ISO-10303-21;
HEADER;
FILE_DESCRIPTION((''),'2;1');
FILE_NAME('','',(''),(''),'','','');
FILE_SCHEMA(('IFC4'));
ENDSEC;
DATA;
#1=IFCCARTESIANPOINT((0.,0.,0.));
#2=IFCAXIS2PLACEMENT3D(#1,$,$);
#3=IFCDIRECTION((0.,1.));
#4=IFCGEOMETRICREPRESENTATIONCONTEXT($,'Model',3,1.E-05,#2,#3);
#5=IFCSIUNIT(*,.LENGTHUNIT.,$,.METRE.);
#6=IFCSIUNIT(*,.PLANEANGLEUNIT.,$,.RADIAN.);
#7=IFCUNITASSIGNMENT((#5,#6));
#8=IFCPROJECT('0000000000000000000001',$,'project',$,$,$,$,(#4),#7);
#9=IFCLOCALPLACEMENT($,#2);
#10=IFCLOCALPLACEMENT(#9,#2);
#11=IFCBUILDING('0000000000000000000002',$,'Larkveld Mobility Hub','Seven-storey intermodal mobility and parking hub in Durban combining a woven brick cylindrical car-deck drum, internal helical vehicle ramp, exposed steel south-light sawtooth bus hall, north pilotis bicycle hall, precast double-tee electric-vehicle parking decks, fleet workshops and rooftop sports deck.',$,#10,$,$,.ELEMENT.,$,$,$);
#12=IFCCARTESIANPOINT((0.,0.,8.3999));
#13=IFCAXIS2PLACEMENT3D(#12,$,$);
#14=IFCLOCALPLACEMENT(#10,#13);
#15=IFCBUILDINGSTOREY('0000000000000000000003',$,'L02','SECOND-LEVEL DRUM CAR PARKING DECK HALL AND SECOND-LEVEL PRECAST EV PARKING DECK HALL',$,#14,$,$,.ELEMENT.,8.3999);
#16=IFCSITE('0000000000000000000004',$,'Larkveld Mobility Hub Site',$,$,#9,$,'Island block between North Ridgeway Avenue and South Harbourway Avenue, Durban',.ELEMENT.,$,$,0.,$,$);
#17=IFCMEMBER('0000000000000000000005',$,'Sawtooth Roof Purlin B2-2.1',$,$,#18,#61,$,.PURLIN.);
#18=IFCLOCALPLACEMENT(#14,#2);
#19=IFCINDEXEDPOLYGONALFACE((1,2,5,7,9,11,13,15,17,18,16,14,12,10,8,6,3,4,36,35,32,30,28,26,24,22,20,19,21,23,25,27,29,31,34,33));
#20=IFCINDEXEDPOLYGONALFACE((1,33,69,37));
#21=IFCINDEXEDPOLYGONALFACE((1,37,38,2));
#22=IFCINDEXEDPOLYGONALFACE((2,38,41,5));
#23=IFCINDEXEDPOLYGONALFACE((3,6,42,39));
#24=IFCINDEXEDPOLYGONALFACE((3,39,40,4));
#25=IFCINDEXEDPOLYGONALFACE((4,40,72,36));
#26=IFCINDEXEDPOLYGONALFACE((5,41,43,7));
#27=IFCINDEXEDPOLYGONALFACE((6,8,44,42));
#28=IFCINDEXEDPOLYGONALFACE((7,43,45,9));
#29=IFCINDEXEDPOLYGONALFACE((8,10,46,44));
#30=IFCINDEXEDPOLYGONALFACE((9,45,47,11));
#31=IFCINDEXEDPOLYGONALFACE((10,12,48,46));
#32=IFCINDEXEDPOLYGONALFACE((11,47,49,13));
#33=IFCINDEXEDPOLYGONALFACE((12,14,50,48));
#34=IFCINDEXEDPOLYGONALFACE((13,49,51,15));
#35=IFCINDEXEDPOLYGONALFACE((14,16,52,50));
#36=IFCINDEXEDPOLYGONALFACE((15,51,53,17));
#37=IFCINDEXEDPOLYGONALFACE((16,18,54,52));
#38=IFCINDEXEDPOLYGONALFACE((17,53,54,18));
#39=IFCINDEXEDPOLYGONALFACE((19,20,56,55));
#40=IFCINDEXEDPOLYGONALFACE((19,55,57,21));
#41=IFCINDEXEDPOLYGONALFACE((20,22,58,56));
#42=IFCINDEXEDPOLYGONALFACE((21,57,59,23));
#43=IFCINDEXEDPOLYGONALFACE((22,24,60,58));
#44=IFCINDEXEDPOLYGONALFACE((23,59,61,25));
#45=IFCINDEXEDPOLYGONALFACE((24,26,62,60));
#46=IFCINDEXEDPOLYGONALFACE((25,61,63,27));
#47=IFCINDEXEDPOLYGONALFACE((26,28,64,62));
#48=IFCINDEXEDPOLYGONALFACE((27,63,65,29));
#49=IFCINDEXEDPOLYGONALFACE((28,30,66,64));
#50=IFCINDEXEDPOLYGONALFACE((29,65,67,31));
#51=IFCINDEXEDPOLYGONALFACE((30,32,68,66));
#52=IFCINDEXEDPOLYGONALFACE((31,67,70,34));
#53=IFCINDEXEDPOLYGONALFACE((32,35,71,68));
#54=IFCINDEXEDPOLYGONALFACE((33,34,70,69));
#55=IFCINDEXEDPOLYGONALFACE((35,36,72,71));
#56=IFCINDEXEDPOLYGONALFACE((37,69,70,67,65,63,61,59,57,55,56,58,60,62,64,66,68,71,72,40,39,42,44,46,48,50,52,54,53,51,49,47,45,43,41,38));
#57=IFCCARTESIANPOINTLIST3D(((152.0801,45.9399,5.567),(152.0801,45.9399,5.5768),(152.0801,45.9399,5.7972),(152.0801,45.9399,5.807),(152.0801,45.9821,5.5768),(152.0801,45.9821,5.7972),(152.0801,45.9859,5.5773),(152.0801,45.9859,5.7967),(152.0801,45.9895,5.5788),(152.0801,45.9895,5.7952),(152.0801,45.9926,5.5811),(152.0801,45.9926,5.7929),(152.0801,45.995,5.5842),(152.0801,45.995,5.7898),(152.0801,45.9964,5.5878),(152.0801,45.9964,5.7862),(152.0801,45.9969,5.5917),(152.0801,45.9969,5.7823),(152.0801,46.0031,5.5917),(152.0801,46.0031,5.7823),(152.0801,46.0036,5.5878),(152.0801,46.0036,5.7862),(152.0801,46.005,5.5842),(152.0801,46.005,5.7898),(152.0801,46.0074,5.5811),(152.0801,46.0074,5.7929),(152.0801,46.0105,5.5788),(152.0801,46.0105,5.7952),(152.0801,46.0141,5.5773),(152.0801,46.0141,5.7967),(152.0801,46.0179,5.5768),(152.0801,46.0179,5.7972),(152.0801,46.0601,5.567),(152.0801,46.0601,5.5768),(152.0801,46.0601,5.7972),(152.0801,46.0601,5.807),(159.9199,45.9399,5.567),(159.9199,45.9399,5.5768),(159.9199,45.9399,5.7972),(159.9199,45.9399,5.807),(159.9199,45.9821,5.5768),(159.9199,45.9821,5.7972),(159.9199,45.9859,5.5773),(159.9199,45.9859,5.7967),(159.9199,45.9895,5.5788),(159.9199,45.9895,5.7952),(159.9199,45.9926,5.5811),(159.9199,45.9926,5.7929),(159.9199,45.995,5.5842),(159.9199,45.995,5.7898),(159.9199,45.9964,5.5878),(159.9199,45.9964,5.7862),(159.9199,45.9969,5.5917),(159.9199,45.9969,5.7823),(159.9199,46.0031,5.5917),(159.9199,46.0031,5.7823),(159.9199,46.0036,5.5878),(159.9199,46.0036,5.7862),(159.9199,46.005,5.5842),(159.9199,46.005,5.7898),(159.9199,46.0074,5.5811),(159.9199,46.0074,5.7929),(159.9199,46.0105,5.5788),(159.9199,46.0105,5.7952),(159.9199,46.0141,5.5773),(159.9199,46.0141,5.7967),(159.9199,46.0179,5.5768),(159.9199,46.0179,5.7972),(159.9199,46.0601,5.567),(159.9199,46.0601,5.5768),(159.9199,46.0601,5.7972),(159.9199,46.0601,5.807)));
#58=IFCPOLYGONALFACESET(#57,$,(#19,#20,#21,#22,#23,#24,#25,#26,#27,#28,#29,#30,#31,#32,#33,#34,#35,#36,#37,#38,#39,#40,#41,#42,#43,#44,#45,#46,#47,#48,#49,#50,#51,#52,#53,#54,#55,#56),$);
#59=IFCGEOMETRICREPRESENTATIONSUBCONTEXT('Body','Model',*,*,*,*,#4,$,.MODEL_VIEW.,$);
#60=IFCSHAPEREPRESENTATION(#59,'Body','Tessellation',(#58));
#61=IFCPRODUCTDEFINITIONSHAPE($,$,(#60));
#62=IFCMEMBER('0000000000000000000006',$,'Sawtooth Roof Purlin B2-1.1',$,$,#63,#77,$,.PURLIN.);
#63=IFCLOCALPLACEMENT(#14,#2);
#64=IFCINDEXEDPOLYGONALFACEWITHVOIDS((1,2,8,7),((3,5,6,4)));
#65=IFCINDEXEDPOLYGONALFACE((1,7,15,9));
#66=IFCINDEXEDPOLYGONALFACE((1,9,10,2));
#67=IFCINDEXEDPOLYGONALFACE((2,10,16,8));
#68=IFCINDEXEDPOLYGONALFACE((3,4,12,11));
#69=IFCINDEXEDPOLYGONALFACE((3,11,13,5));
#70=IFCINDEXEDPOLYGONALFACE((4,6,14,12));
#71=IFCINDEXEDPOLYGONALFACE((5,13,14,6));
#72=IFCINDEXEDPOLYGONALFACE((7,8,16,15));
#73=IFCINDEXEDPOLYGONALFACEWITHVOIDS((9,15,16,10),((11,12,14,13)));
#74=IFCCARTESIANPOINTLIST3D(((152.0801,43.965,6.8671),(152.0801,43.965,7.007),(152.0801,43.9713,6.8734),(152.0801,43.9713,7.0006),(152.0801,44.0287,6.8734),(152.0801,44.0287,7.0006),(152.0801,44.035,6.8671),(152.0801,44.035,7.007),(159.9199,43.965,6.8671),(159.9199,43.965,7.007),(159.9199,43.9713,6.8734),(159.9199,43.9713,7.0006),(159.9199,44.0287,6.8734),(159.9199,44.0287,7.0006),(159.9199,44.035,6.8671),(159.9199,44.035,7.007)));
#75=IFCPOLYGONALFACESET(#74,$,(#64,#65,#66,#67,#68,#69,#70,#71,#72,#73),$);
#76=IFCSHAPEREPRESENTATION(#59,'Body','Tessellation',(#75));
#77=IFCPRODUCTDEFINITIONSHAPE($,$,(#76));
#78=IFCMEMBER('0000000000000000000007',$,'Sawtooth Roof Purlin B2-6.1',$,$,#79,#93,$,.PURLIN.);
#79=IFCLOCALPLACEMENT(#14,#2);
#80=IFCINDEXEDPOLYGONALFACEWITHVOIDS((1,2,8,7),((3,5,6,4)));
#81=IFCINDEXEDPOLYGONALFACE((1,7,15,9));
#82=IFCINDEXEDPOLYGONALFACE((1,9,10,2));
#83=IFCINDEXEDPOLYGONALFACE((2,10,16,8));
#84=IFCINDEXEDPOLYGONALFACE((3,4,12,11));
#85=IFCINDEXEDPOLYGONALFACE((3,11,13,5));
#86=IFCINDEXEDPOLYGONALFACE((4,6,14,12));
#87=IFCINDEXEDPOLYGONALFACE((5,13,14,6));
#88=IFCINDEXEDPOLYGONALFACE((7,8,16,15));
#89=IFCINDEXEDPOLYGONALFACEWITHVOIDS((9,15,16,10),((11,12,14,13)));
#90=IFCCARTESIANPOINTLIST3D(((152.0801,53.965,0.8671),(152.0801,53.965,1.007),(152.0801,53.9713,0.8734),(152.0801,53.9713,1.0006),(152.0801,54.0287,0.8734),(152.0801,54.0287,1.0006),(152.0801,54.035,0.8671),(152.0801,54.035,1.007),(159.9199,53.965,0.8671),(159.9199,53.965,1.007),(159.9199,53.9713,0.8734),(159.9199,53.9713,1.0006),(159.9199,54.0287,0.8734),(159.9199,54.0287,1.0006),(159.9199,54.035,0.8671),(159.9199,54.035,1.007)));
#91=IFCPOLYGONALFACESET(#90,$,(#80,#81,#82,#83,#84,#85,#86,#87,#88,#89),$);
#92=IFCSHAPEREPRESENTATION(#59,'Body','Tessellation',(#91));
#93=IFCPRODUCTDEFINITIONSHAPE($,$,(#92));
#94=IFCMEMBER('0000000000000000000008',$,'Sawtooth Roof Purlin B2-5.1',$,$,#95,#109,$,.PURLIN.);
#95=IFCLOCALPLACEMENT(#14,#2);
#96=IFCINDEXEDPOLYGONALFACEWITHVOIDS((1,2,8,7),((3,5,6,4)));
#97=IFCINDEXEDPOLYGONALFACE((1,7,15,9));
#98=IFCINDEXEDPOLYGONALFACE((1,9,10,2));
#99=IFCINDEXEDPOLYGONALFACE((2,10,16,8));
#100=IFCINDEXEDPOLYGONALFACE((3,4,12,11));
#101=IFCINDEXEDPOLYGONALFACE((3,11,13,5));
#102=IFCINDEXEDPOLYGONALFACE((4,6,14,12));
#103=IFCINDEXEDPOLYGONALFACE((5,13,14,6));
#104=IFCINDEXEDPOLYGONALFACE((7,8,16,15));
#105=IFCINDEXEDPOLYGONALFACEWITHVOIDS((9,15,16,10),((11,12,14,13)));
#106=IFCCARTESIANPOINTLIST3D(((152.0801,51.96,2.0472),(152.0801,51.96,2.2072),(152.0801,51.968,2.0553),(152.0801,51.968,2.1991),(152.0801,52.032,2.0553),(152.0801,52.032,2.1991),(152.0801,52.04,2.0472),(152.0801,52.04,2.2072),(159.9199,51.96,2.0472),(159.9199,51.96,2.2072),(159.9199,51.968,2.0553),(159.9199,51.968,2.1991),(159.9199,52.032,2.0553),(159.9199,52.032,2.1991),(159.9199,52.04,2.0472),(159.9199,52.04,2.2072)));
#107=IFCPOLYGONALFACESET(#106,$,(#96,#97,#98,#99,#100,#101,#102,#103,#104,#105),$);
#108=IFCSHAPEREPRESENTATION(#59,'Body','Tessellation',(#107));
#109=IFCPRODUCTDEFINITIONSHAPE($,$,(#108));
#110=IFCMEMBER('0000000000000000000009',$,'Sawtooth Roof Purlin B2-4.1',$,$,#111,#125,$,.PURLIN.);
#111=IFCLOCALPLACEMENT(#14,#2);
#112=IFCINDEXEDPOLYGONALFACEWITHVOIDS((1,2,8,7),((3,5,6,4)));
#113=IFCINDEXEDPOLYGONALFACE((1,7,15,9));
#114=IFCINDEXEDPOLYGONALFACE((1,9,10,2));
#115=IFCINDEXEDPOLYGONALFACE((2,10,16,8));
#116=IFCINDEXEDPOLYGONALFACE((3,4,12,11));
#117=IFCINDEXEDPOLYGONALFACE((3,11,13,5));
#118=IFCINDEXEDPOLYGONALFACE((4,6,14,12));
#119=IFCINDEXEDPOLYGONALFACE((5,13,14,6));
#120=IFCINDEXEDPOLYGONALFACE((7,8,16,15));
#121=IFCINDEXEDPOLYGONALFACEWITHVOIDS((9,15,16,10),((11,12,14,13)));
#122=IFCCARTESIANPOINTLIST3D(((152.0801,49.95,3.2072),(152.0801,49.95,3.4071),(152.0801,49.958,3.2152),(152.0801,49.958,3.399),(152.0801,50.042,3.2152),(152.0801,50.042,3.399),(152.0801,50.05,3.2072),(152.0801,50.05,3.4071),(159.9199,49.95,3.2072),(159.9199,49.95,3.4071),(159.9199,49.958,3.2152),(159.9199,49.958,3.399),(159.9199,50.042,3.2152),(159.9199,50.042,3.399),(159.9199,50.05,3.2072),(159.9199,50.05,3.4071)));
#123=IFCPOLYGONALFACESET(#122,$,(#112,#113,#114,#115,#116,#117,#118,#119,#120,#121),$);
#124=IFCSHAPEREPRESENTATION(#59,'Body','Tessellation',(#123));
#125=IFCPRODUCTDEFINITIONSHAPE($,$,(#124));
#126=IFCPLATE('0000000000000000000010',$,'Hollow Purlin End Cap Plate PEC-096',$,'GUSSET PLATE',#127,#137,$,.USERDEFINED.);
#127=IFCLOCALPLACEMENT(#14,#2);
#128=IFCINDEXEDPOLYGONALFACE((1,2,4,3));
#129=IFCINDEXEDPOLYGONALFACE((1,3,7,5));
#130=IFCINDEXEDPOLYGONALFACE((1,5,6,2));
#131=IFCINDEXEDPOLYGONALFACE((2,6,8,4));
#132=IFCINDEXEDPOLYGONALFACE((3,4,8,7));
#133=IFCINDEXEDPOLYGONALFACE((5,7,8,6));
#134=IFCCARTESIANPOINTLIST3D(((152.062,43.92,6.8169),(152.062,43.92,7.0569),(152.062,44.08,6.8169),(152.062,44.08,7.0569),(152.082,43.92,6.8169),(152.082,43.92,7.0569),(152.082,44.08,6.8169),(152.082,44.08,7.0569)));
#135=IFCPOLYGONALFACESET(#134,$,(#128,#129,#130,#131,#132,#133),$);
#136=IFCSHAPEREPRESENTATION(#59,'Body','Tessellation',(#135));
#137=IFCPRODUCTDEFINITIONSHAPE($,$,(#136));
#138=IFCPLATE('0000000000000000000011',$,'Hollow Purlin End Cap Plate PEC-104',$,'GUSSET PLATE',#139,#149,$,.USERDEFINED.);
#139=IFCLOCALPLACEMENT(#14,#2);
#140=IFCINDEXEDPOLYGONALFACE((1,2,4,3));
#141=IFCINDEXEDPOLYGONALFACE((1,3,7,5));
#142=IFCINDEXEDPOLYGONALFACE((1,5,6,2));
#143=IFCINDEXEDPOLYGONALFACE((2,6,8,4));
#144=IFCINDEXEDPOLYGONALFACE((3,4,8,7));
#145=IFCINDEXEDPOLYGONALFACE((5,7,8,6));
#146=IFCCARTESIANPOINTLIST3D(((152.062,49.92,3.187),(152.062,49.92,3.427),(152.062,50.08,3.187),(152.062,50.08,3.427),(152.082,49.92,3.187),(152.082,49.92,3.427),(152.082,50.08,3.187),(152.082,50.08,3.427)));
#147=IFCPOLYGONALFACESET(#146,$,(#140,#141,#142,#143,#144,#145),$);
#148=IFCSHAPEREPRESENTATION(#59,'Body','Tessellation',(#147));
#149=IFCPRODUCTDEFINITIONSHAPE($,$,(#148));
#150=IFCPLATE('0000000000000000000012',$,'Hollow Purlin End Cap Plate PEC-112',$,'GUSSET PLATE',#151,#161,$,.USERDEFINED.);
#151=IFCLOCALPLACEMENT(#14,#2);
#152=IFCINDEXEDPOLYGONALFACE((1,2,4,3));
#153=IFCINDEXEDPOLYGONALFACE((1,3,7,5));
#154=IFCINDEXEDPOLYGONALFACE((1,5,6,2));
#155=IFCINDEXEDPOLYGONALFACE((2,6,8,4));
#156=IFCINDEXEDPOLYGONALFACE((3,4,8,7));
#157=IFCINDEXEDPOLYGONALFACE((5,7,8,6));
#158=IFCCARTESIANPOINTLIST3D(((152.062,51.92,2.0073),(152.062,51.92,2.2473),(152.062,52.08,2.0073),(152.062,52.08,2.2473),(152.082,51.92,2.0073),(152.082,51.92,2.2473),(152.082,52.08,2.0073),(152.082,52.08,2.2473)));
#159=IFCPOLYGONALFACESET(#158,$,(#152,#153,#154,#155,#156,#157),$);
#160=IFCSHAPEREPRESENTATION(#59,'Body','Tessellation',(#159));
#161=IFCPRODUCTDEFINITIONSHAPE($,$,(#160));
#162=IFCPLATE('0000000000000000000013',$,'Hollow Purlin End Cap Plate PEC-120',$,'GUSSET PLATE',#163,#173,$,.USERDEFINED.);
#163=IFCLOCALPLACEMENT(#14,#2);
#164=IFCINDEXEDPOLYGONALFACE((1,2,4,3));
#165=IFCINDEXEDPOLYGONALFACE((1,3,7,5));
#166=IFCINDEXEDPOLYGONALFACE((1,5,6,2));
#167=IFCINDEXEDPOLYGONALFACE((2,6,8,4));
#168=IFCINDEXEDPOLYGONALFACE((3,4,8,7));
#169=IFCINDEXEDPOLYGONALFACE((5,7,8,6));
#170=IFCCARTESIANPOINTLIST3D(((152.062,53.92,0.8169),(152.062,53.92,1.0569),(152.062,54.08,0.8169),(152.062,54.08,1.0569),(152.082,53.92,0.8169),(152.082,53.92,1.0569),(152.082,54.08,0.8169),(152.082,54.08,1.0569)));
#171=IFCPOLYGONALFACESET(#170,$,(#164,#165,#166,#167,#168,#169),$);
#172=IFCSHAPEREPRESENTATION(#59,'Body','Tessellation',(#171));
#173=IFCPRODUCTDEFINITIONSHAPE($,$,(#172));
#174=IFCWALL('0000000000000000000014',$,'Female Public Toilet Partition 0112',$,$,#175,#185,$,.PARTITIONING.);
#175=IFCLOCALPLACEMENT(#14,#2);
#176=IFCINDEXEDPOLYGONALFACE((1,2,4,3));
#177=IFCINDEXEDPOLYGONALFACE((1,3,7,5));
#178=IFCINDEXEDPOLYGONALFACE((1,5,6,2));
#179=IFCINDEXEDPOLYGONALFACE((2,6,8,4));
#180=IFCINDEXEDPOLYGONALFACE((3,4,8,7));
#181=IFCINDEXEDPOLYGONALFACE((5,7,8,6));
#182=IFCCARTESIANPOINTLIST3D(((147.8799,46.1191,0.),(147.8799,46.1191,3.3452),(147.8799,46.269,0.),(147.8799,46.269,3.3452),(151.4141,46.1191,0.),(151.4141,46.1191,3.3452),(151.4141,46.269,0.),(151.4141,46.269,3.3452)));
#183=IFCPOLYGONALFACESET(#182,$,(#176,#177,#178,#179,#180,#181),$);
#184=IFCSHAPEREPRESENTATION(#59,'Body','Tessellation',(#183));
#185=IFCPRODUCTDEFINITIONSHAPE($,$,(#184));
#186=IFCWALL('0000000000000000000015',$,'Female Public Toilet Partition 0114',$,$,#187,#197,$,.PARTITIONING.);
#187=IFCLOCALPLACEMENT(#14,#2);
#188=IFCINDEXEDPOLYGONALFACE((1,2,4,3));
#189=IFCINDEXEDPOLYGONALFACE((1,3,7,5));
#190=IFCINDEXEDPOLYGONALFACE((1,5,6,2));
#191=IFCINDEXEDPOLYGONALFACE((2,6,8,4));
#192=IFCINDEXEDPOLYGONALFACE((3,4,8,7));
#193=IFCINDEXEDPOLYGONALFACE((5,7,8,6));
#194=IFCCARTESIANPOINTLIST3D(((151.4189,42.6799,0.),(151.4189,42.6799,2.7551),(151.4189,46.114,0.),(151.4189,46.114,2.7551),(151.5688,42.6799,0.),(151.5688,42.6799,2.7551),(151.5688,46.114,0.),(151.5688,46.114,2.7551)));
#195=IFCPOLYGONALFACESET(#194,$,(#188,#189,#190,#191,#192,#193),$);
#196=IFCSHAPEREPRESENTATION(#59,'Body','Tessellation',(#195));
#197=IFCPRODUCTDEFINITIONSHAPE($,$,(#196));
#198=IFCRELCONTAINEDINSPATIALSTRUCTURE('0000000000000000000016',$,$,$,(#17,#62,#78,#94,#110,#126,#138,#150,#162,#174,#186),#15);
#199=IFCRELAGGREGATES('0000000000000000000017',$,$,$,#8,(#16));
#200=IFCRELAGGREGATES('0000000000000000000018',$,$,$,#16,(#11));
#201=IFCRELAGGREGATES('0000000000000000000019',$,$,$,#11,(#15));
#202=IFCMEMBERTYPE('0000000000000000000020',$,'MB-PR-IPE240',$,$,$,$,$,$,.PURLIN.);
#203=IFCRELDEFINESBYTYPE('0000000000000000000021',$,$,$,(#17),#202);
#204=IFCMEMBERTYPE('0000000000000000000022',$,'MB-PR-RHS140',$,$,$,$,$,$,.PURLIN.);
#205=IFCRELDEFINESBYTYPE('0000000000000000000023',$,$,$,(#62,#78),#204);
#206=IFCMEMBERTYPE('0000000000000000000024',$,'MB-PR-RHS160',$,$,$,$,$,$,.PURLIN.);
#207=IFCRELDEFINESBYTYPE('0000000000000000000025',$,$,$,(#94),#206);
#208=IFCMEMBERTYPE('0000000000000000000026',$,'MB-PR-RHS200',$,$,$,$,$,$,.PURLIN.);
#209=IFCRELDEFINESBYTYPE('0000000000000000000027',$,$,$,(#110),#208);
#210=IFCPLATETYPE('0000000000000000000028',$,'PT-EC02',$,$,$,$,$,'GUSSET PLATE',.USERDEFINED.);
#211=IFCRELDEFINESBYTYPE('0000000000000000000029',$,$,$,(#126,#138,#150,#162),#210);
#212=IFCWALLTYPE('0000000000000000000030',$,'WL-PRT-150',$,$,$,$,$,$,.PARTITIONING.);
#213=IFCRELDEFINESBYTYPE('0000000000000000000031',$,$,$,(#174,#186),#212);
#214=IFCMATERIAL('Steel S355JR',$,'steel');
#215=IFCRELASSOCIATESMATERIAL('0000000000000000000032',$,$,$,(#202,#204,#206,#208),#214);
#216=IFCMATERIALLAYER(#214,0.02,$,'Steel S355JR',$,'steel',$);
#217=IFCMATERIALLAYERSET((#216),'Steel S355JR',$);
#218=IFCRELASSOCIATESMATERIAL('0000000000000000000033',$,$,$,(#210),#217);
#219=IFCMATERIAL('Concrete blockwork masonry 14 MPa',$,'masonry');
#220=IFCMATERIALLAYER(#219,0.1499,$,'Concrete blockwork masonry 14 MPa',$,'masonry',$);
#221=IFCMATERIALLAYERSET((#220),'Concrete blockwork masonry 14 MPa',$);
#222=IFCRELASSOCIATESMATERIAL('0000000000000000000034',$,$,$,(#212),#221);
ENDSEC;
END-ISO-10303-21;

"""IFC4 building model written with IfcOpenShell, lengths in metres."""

from ifc_helpers import new_model, si_unit, direction, frame, frame_2d, origin, origin_2d, place, context, subcontext, project, spatial, rectangle, hollow_rectangle, i_section, extrude, material, layer, layer_set, material_profile, profile_set, type_object, element, save


model = new_model("IFC4")

# Units and contexts
model_context = context("Model", 3, precision=1e-05, world=origin(), true_north=direction((0.0, 1.0)))
body_context = subcontext(model_context, "Body", "Model", "MODEL_VIEW")
ifc_project = project(units=[si_unit("LENGTHUNIT", "METRE"), si_unit("PLANEANGLEUNIT", "RADIAN")], contexts=[model_context])

# Site, building, storey
site_placement = place(None, origin())
site = spatial("IfcSite", under=ifc_project, at=site_placement, Name="Larkveld Mobility Hub Site", LongName="Island block between North Ridgeway Avenue and South Harbourway Avenue, Durban", CompositionType="ELEMENT", RefElevation=0.0)
building_placement = place(site_placement, origin())
building = spatial("IfcBuilding", under=site, at=building_placement, Name="Larkveld Mobility Hub", Description="Seven-storey intermodal mobility and parking hub in Durban combining a woven brick cylindrical car-deck drum, internal helical vehicle ramp, exposed steel south-light sawtooth bus hall, north pilotis bicycle hall, precast double-tee electric-vehicle parking decks, fleet workshops and rooftop sports deck.", CompositionType="ELEMENT")
storey_placement = place(building_placement, frame((0.0, 0.0, 8.3999)))
storey = spatial("IfcBuildingStorey", under=building, at=storey_placement, Name="L02", Description="SECOND-LEVEL DRUM CAR PARKING DECK HALL AND SECOND-LEVEL PRECAST EV PARKING DECK HALL", CompositionType="ELEMENT", Elevation=8.3999)

# Members
ifc_material_1 = material(Name="Steel S355JR", Category="steel")
ifc_material_profile_1 = material_profile(ifc_material_1, i_section(OverallWidth=0.1201, OverallDepth=0.24, WebThickness=0.0061, FlangeThickness=0.0098, FilletRadius=0.0149, at=origin_2d()), Name="IPE 240")
ifc_profile_set_1 = profile_set([ifc_material_profile_1], Name="Steel S355JR")
member_type_1 = type_object("IfcMemberType", Name="MB-PR-IPE240", PredefinedType="PURLIN", material=ifc_profile_set_1)
member_1_placement = place(storey_placement, frame((152.0801, 46.0, 5.687), z_axis=(1.0, 0.0, 0.0), x_axis=(0.0, 1.0, 0.0)))
element("IfcMember", 1, at=member_1_placement, inside=storey, type_object=member_type_1, Name="Sawtooth Roof Purlin B2-2.1", PredefinedType="PURLIN", context=body_context, shape_type="SweptSolid", body=[
    extrude(i_section(OverallWidth=0.1201, OverallDepth=0.24, WebThickness=0.0061, FlangeThickness=0.0098, FilletRadius=0.0149, at=origin_2d()), origin(), (0.0, 0.0, 1.0), 7.8398),
])
ifc_material_profile_2 = material_profile(ifc_material_1, hollow_rectangle(XDim=0.0701, YDim=0.1399, WallThickness=0.0063, at=origin_2d()), Name="RHS 140x70x6.3")
ifc_profile_set_2 = profile_set([ifc_material_profile_2], Name="Steel S355JR")
member_type_2 = type_object("IfcMemberType", Name="MB-PR-RHS140", PredefinedType="PURLIN", material=ifc_profile_set_2)
for number, where, z_axis, x_axis, name in (
    (2, (152.0801, 44.0, 6.937), (1.0, 0.0, 0.0), (0.0, 1.0, 0.0), "Sawtooth Roof Purlin B2-1.1"),
    (3, (152.0801, 54.0, 0.937), (1.0, 0.0, 0.0), (0.0, 1.0, 0.0), "Sawtooth Roof Purlin B2-6.1"),
):
    element("IfcMember", number, at=place(storey_placement, frame(where, z_axis=z_axis, x_axis=x_axis)), inside=storey, type_object=member_type_2, Name=name, PredefinedType="PURLIN", context=body_context, shape_type="SweptSolid", body=[
        extrude(hollow_rectangle(XDim=0.0701, YDim=0.1399, WallThickness=0.0063, at=origin_2d()), origin(), (0.0, 0.0, 1.0), 7.8398),
    ])
ifc_material_profile_3 = material_profile(ifc_material_1, hollow_rectangle(XDim=0.0801, YDim=0.1599, WallThickness=0.0081, at=origin_2d()), Name="RHS 160x80x8")
ifc_profile_set_3 = profile_set([ifc_material_profile_3], Name="Steel S355JR")
member_type_3 = type_object("IfcMemberType", Name="MB-PR-RHS160", PredefinedType="PURLIN", material=ifc_profile_set_3)
member_2_placement = place(storey_placement, frame((152.0801, 52.0, 2.1272), z_axis=(1.0, 0.0, 0.0), x_axis=(0.0, 1.0, 0.0)))
element("IfcMember", 4, at=member_2_placement, inside=storey, type_object=member_type_3, Name="Sawtooth Roof Purlin B2-5.1", PredefinedType="PURLIN", context=body_context, shape_type="SweptSolid", body=[
    extrude(hollow_rectangle(XDim=0.0801, YDim=0.1599, WallThickness=0.0081, at=origin_2d()), origin(), (0.0, 0.0, 1.0), 7.8398),
])
ifc_material_profile_4 = material_profile(ifc_material_1, hollow_rectangle(XDim=0.1001, YDim=0.2, WallThickness=0.0081, at=origin_2d()), Name="RHS 200x100x8")
ifc_profile_set_4 = profile_set([ifc_material_profile_4], Name="Steel S355JR")
member_type_4 = type_object("IfcMemberType", Name="MB-PR-RHS200", PredefinedType="PURLIN", material=ifc_profile_set_4)
member_3_placement = place(storey_placement, frame((152.0801, 50.0, 3.3071), z_axis=(1.0, 0.0, 0.0), x_axis=(0.0, 1.0, 0.0)))
element("IfcMember", 5, at=member_3_placement, inside=storey, type_object=member_type_4, Name="Sawtooth Roof Purlin B2-4.1", PredefinedType="PURLIN", context=body_context, shape_type="SweptSolid", body=[
    extrude(hollow_rectangle(XDim=0.1001, YDim=0.2, WallThickness=0.0081, at=origin_2d()), origin(), (0.0, 0.0, 1.0), 7.8398),
])

# Plates
ifc_layer_1 = layer(ifc_material_1, 0.02, Name="Steel S355JR", Category="steel")
ifc_layer_set_1 = layer_set([ifc_layer_1], Name="Steel S355JR")
plate_type = type_object("IfcPlateType", Name="PT-EC02", ElementType="GUSSET PLATE", PredefinedType="USERDEFINED", material=ifc_layer_set_1)
for number, where, z_axis, x_axis, name in (
    (6, (152.072, 44.0, 6.8169), (0.0, 0.0, 1.0), (1.0, 0.0, 0.0), "Hollow Purlin End Cap Plate PEC-096"),
    (7, (152.072, 50.0, 3.187), (0.0, 0.0, 1.0), (1.0, 0.0, 0.0), "Hollow Purlin End Cap Plate PEC-104"),
    (8, (152.072, 52.0, 2.0073), (0.0, 0.0, 1.0), (1.0, 0.0, 0.0), "Hollow Purlin End Cap Plate PEC-112"),
    (9, (152.072, 54.0, 0.8169), (0.0, 0.0, 1.0), (1.0, 0.0, 0.0), "Hollow Purlin End Cap Plate PEC-120"),
):
    element("IfcPlate", number, at=place(storey_placement, frame(where, z_axis=z_axis, x_axis=x_axis)), inside=storey, type_object=plate_type, Name=name, ObjectType="GUSSET PLATE", PredefinedType="USERDEFINED", context=body_context, shape_type="SweptSolid", body=[
        extrude(rectangle(XDim=0.02, YDim=0.1599, at=origin_2d()), origin(), (0.0, 0.0, 1.0), 0.24),
    ])

# Walls
ifc_material_2 = material(Name="Concrete blockwork masonry 14 MPa", Category="masonry")
ifc_layer_2 = layer(ifc_material_2, 0.1499, Name="Concrete blockwork masonry 14 MPa", Category="masonry")
ifc_layer_set_2 = layer_set([ifc_layer_2], Name="Concrete blockwork masonry 14 MPa")
wall_type_1 = type_object("IfcWallType", Name="WL-PRT-150", PredefinedType="PARTITIONING", material=ifc_layer_set_2)
wall_1_placement = place(storey_placement, frame((147.8799, 46.1941, 0.0), z_axis=(0.0, 0.0, 1.0), x_axis=(1.0, 0.0, 0.0)))
element("IfcWall", 10, at=wall_1_placement, inside=storey, type_object=wall_type_1, Name="Female Public Toilet Partition 0112", PredefinedType="PARTITIONING", context=body_context, shape_type="SweptSolid", body=[
    extrude(rectangle(XDim=3.5342, YDim=0.1499, at=frame_2d((1.7671, 0.0))), origin(), (0.0, 0.0, 1.0), 3.3452),
])
wall_2_placement = place(storey_placement, frame((151.4939, 42.6799, 0.0), z_axis=(0.0, 0.0, 1.0), x_axis=(0.0, 1.0, 0.0)))
element("IfcWall", 11, at=wall_2_placement, inside=storey, type_object=wall_type_1, Name="Female Public Toilet Partition 0114", PredefinedType="PARTITIONING", context=body_context, shape_type="SweptSolid", body=[
    extrude(rectangle(XDim=3.4341, YDim=0.1499, at=frame_2d((1.717, 0.0))), origin(), (0.0, 0.0, 1.0), 2.7551),
])

save(model, "model.ifc")
